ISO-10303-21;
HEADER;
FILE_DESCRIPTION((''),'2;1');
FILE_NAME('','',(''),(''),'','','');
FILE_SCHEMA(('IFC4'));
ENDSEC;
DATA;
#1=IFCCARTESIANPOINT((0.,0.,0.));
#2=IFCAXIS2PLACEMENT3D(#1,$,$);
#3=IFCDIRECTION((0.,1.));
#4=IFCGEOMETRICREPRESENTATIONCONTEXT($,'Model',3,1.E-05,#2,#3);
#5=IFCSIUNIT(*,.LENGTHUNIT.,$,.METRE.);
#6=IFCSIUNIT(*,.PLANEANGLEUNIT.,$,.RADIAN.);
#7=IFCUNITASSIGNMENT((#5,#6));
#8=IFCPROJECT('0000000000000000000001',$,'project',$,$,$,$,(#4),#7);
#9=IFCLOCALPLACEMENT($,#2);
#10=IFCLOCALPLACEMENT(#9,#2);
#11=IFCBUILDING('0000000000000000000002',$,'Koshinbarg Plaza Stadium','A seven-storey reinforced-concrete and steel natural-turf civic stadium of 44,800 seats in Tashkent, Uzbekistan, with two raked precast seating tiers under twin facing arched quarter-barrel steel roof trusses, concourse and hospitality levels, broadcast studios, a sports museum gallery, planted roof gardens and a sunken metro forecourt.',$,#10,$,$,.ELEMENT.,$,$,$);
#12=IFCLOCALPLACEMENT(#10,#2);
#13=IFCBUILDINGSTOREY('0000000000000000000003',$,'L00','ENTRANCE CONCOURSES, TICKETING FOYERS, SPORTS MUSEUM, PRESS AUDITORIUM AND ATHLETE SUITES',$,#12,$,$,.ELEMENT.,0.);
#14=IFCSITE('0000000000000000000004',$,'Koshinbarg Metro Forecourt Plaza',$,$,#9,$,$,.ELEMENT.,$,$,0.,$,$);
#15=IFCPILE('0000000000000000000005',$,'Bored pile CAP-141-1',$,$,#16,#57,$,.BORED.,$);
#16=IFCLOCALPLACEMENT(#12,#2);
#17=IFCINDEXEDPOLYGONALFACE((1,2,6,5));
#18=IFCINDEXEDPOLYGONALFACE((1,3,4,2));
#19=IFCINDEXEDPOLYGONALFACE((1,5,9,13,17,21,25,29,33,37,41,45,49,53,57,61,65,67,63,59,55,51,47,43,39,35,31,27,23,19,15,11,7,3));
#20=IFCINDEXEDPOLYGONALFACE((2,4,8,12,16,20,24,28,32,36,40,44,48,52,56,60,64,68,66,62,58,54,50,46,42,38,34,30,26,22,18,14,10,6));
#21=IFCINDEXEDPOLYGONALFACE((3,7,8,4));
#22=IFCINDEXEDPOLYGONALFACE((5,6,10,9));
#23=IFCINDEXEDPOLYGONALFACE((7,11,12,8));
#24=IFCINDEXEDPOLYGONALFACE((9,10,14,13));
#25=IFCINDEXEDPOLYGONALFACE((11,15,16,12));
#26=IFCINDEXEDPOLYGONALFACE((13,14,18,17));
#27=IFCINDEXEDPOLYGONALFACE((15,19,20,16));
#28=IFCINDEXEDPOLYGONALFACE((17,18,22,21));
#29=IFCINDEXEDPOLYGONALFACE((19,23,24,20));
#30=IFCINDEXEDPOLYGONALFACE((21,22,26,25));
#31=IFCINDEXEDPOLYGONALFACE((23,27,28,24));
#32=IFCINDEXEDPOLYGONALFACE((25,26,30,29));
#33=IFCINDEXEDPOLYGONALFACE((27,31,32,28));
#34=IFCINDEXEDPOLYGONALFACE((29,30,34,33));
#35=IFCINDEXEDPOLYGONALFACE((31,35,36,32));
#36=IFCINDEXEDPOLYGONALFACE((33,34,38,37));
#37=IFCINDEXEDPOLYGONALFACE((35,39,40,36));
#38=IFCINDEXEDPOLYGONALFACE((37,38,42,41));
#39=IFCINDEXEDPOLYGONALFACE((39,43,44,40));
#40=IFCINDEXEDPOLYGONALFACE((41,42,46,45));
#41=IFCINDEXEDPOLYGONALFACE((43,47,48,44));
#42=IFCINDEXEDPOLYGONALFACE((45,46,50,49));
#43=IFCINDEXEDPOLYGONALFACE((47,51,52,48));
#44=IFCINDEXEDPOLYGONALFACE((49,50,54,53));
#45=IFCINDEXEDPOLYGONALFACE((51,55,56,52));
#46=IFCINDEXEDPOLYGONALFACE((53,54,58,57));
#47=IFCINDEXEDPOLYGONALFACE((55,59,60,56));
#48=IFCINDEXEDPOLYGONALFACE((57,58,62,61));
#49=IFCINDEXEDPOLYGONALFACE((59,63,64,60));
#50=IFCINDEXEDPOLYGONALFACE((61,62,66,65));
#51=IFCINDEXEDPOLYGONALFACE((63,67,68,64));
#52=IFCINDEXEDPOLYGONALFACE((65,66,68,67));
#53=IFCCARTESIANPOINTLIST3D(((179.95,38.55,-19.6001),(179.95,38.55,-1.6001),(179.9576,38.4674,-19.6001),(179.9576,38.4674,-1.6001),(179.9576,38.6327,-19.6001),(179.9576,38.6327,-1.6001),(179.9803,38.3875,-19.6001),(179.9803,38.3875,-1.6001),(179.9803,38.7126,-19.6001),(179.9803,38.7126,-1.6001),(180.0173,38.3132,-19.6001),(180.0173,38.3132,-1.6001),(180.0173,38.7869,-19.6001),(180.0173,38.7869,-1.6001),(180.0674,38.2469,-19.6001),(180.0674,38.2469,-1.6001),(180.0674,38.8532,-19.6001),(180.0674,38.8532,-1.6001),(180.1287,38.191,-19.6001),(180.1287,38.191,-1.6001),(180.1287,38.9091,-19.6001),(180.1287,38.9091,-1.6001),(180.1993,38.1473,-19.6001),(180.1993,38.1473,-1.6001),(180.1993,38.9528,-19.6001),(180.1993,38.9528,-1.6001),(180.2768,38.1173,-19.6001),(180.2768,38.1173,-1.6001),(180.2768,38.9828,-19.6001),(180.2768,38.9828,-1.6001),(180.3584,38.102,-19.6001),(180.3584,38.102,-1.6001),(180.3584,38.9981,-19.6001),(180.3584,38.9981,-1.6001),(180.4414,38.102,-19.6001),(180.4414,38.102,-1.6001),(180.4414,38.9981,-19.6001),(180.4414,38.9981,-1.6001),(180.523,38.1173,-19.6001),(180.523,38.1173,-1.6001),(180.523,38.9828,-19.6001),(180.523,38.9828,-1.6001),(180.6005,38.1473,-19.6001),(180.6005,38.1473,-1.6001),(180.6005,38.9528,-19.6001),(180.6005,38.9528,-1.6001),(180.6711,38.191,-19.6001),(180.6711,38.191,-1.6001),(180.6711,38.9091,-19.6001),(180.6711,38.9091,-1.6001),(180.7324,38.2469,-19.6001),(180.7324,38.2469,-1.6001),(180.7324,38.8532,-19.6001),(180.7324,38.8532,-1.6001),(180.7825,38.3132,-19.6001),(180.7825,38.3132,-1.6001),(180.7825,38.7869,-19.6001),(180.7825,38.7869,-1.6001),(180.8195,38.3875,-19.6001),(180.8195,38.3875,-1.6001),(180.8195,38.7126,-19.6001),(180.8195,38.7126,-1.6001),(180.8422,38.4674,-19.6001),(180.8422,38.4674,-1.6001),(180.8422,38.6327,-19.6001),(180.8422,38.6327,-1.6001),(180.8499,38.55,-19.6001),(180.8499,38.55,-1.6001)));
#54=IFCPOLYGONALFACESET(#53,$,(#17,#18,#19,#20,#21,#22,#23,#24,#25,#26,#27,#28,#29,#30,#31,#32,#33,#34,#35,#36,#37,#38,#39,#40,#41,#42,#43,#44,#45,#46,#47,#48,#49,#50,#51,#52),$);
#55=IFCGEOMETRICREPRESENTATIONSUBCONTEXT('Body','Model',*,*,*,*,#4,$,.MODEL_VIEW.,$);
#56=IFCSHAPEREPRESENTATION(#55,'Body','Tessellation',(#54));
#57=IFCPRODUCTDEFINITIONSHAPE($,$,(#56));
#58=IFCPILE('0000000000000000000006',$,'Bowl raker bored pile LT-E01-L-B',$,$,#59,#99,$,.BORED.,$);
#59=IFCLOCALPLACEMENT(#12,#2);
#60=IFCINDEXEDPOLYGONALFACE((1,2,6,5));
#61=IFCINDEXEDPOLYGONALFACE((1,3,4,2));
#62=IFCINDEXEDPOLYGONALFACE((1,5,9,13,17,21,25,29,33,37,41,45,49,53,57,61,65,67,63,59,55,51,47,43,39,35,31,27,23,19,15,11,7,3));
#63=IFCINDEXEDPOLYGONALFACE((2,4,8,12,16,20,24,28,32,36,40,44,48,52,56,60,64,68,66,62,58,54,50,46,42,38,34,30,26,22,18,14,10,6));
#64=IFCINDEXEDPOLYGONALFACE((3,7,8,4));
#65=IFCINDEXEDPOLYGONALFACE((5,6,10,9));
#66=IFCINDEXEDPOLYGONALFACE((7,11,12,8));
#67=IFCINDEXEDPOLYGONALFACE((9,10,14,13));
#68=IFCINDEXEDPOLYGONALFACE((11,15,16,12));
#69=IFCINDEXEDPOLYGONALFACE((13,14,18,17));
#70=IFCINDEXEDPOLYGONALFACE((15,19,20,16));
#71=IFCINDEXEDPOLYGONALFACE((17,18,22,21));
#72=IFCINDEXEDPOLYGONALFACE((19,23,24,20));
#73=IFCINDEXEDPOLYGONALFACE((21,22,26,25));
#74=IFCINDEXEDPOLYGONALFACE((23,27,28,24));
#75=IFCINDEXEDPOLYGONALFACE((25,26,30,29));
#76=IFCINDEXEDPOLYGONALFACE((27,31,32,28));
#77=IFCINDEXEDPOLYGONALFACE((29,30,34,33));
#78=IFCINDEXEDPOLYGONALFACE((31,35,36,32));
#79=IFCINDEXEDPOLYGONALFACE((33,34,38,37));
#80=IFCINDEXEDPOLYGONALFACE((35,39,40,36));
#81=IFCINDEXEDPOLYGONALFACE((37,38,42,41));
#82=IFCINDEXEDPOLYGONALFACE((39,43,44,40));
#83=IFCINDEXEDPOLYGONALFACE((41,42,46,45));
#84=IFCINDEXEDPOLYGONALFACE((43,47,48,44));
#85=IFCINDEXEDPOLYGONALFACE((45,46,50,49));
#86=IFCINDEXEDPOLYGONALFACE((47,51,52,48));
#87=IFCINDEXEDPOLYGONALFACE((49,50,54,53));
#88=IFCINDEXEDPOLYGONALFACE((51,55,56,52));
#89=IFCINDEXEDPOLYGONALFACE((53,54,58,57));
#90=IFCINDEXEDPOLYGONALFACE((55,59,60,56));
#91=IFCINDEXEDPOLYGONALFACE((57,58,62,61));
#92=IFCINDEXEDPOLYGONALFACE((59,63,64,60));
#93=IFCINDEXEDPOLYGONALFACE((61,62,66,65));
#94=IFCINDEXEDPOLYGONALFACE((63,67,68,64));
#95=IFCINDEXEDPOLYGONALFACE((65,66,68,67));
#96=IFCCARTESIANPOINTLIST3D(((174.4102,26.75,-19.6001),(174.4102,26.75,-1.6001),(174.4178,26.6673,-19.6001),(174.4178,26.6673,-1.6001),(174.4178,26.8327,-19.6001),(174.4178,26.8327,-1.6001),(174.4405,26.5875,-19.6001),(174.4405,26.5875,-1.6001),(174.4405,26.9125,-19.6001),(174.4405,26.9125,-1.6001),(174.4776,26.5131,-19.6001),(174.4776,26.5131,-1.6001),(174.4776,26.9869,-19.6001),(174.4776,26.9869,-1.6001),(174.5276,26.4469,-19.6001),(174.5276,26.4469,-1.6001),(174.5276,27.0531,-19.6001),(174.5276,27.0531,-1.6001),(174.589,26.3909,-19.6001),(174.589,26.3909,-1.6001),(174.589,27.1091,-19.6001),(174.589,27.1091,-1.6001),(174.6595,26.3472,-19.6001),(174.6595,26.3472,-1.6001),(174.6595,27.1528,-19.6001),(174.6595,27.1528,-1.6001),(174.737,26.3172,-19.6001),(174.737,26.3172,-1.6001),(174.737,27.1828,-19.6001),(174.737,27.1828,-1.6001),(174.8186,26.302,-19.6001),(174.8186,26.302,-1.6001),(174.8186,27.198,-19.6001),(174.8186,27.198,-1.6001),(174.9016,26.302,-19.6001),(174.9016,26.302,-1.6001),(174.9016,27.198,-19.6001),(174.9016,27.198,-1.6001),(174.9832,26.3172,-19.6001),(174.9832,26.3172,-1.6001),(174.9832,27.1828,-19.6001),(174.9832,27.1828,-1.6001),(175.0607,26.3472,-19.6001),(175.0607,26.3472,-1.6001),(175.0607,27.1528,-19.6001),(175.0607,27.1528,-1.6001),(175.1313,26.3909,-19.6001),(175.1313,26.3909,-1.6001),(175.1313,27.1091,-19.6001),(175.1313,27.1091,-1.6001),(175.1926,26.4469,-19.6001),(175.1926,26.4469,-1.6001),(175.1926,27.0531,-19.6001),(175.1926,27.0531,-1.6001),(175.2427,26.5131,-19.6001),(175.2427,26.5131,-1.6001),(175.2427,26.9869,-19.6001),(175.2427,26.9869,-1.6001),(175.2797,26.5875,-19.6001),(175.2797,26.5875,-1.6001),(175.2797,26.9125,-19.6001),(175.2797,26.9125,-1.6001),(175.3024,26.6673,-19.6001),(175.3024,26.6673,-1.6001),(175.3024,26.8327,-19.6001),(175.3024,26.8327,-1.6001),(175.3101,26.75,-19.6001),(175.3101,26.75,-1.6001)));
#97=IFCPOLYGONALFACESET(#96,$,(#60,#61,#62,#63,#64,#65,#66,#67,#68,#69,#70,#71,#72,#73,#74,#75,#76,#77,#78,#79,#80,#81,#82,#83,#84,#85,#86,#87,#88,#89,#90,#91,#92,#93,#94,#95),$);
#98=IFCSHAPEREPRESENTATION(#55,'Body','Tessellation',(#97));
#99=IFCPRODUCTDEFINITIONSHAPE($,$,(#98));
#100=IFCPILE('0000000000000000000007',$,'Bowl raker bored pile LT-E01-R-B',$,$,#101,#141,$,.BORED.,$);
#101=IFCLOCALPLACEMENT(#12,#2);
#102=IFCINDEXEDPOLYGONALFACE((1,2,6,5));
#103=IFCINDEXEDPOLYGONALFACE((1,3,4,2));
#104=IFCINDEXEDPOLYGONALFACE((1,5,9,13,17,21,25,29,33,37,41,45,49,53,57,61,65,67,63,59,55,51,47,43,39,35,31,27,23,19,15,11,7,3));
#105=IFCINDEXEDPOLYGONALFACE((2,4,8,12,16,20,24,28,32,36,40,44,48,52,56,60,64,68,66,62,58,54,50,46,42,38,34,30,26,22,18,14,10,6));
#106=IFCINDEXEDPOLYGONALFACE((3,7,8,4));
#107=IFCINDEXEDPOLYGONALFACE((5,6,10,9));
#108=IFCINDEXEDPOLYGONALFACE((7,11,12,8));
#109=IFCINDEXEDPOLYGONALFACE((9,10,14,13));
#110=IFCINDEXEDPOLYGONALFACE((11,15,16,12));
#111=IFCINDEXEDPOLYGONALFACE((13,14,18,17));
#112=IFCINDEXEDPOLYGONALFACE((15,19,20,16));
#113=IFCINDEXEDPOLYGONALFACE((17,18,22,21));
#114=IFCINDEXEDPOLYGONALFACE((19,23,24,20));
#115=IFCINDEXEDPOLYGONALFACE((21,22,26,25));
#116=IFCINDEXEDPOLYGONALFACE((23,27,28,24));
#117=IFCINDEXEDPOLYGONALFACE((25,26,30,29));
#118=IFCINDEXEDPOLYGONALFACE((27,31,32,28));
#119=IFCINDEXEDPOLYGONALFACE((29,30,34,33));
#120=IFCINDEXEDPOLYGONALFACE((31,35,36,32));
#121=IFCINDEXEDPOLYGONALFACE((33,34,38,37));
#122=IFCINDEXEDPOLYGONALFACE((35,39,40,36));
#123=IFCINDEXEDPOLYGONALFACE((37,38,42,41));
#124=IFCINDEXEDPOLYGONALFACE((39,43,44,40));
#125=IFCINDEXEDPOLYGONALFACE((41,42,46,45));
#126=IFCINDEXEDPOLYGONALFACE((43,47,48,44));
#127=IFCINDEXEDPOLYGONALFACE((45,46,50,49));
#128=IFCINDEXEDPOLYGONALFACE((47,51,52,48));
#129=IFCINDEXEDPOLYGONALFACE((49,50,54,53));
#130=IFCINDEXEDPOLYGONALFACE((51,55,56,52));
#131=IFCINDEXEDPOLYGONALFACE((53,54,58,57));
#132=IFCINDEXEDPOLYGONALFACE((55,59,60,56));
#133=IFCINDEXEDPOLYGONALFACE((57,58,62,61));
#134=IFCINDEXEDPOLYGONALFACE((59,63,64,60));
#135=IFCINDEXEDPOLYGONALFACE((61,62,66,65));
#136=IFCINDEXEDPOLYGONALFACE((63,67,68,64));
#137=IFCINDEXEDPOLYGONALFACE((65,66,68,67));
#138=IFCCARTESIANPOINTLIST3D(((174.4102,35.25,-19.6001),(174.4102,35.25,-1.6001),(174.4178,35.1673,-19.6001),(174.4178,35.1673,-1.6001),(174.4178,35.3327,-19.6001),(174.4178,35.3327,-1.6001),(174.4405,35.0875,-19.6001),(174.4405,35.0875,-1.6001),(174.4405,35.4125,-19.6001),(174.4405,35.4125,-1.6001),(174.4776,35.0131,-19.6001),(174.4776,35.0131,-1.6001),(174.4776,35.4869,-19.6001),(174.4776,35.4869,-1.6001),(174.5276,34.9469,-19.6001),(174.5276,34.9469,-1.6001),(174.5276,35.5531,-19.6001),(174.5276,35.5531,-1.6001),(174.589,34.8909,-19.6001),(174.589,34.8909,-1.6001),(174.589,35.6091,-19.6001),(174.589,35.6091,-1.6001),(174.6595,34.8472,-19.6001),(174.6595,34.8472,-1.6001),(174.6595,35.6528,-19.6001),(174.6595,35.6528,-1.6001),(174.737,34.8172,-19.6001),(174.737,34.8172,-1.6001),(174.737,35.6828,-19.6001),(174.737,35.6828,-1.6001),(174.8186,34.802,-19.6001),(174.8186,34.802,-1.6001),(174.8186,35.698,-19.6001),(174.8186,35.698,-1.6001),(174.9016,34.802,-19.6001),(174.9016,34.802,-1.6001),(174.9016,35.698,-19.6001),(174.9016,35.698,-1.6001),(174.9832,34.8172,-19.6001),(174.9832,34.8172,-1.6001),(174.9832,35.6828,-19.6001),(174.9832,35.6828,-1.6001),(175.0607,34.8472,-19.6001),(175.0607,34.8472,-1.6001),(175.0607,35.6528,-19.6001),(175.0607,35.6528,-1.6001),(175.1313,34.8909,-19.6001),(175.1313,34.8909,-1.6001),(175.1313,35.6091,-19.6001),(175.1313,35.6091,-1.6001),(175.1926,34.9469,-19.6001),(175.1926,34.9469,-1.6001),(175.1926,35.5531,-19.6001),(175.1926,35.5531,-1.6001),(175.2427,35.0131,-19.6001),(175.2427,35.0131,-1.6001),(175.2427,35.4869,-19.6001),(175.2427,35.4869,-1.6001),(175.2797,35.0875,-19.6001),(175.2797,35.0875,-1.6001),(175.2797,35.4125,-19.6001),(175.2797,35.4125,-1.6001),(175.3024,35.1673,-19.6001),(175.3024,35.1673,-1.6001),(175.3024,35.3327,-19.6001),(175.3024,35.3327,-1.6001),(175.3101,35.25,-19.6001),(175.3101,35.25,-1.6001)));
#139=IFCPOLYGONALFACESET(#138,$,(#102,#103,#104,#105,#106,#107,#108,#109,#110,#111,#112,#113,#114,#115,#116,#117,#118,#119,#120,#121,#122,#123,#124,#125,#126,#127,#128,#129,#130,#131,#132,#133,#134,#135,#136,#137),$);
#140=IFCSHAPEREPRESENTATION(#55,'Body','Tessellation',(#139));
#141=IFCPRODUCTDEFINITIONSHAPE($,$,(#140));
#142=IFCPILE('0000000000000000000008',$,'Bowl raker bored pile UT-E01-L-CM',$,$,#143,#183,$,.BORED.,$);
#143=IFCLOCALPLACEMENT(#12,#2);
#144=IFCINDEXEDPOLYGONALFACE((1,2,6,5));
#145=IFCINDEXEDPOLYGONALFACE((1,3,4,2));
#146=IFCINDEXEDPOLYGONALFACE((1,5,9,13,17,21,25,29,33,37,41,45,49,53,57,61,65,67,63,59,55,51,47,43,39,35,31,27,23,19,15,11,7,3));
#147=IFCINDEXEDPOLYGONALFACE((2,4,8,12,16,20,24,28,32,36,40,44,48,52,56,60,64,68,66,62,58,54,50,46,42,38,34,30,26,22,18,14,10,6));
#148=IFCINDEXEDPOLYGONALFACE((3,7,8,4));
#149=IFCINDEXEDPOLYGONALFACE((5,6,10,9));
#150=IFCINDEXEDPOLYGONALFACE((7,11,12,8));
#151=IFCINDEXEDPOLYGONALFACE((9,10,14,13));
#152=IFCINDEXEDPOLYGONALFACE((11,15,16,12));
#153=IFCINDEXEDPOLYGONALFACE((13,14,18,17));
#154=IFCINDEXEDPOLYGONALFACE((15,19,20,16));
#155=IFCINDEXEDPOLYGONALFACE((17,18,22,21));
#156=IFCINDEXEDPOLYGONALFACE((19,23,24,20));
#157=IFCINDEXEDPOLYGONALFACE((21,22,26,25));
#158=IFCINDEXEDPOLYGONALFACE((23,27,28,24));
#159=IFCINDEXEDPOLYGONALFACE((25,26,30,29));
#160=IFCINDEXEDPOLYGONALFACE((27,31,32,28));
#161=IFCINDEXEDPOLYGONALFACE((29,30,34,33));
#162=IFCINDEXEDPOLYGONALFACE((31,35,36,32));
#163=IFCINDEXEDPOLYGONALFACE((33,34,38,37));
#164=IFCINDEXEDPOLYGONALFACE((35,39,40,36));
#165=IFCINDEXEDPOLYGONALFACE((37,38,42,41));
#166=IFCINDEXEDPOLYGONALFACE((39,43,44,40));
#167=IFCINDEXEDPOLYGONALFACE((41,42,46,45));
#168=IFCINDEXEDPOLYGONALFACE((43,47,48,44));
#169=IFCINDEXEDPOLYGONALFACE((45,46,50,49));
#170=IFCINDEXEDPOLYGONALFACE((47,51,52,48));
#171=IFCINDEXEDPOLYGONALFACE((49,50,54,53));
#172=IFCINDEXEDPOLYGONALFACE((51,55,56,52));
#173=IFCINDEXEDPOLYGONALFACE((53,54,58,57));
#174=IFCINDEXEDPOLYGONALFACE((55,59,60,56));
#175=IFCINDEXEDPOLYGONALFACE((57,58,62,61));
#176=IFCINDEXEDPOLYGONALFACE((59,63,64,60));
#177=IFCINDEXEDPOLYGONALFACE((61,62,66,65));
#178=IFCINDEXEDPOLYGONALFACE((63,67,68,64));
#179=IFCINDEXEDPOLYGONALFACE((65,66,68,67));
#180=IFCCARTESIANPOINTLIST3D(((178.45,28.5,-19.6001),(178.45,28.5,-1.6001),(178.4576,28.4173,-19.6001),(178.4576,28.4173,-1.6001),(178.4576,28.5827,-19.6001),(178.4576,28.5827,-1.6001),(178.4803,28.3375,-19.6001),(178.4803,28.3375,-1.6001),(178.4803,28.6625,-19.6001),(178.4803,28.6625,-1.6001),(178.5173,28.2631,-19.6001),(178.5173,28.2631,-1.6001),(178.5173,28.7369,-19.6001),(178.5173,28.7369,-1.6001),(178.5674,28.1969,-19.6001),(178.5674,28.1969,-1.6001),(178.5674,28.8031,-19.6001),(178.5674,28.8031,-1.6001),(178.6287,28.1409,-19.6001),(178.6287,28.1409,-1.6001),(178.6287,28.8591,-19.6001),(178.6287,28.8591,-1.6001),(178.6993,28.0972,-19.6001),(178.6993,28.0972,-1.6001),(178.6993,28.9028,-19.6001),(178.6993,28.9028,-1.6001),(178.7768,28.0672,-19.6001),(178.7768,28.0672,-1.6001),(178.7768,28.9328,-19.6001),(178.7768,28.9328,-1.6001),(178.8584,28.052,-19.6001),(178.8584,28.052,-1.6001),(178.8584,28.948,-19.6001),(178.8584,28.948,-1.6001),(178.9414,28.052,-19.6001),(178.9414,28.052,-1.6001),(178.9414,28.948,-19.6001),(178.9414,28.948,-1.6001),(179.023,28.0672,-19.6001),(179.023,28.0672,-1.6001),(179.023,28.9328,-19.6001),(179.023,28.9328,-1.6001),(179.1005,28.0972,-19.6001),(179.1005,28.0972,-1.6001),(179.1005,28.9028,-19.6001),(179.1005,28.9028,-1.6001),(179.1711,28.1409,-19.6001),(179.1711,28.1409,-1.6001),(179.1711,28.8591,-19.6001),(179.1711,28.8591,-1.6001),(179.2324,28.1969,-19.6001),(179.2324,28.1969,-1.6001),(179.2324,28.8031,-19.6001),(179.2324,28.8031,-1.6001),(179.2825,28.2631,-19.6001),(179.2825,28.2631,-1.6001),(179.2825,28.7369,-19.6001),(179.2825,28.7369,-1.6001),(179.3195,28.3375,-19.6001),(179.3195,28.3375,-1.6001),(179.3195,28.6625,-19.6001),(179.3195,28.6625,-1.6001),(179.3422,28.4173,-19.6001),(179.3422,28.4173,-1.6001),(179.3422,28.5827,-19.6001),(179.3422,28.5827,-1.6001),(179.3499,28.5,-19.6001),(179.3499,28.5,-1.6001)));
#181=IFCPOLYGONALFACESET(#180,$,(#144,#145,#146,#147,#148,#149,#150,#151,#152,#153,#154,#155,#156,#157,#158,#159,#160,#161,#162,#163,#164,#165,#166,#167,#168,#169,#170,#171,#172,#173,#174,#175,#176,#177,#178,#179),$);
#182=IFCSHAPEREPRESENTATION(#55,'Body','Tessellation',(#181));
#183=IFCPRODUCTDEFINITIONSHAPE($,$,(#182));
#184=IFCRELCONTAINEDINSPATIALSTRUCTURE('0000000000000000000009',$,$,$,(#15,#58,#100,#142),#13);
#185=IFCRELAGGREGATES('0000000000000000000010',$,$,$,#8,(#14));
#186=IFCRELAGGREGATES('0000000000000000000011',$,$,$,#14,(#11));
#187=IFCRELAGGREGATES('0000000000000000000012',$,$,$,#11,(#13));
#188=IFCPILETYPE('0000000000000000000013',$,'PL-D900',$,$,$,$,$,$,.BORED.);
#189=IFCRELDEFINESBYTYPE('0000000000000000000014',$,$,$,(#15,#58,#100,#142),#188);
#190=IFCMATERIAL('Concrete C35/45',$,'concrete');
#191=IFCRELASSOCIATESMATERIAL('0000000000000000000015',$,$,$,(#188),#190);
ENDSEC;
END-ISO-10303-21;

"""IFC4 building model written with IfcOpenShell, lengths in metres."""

from ifc_helpers import new_model, si_unit, direction, frame, origin, origin_2d, place, context, subcontext, project, spatial, circle, extrude, material, material_profile, profile_set, type_object, element, save


model = new_model("IFC4")

# Units and contexts
model_context = context("Model", 3, precision=1e-05, world=origin(), true_north=direction((0.0, 1.0)))
body_context = subcontext(model_context, "Body", "Model", "MODEL_VIEW")
ifc_project = project(units=[si_unit("LENGTHUNIT", "METRE"), si_unit("PLANEANGLEUNIT", "RADIAN")], contexts=[model_context])

# Site, building, storey
site_placement = place(None, origin())
site = spatial("IfcSite", under=ifc_project, at=site_placement, Name="Koshinbarg Metro Forecourt Plaza", CompositionType="ELEMENT", RefElevation=0.0)
building_placement = place(site_placement, origin())
building = spatial("IfcBuilding", under=site, at=building_placement, Name="Koshinbarg Plaza Stadium", Description="A seven-storey reinforced-concrete and steel natural-turf civic stadium of 44,800 seats in Tashkent, Uzbekistan, with two raked precast seating tiers under twin facing arched quarter-barrel steel roof trusses, concourse and hospitality levels, broadcast studios, a sports museum gallery, planted roof gardens and a sunken metro forecourt.", CompositionType="ELEMENT")
storey_placement = place(building_placement, origin())
storey = spatial("IfcBuildingStorey", under=building, at=storey_placement, Name="L00", Description="ENTRANCE CONCOURSES, TICKETING FOYERS, SPORTS MUSEUM, PRESS AUDITORIUM AND ATHLETE SUITES", CompositionType="ELEMENT", Elevation=0.0)

# Shared definitions
ifc_material_1 = material(Name="Concrete C35/45", Category="concrete")

# Piles
ifc_material_profile_1 = material_profile(ifc_material_1, circle(Radius=0.45, at=origin_2d()), Name="PILE D900")
ifc_profile_set_1 = profile_set([ifc_material_profile_1], Name="Concrete C35/45")
pile_type_1 = type_object("IfcPileType", Name="PL-D900", PredefinedType="BORED", material=ifc_profile_set_1)
for number, where, z_axis, x_axis, name in (
    (1, (180.3999, 38.55, -1.6001), (0.0, 0.0, -1.0), (1.0, 0.0, 0.0), "Bored pile CAP-141-1"),
    (2, (174.8601, 26.75, -1.6001), (0.0, 0.0, -1.0), (1.0, 0.0, 0.0), "Bowl raker bored pile LT-E01-L-B"),
    (3, (174.8601, 35.25, -1.6001), (0.0, 0.0, -1.0), (1.0, 0.0, 0.0), "Bowl raker bored pile LT-E01-R-B"),
    (4, (178.8999, 28.5, -1.6001), (0.0, 0.0, -1.0), (1.0, 0.0, 0.0), "Bowl raker bored pile UT-E01-L-CM"),
):
    element("IfcPile", number, at=place(storey_placement, frame(where, z_axis=z_axis, x_axis=x_axis)), inside=storey, type_object=pile_type_1, Name=name, PredefinedType="BORED", context=body_context, shape_type="SweptSolid", body=[
        extrude(circle(Radius=0.45, at=origin_2d()), origin(), (0.0, 0.0, 1.0), 18.0),
    ])

save(model, "model.ifc")
